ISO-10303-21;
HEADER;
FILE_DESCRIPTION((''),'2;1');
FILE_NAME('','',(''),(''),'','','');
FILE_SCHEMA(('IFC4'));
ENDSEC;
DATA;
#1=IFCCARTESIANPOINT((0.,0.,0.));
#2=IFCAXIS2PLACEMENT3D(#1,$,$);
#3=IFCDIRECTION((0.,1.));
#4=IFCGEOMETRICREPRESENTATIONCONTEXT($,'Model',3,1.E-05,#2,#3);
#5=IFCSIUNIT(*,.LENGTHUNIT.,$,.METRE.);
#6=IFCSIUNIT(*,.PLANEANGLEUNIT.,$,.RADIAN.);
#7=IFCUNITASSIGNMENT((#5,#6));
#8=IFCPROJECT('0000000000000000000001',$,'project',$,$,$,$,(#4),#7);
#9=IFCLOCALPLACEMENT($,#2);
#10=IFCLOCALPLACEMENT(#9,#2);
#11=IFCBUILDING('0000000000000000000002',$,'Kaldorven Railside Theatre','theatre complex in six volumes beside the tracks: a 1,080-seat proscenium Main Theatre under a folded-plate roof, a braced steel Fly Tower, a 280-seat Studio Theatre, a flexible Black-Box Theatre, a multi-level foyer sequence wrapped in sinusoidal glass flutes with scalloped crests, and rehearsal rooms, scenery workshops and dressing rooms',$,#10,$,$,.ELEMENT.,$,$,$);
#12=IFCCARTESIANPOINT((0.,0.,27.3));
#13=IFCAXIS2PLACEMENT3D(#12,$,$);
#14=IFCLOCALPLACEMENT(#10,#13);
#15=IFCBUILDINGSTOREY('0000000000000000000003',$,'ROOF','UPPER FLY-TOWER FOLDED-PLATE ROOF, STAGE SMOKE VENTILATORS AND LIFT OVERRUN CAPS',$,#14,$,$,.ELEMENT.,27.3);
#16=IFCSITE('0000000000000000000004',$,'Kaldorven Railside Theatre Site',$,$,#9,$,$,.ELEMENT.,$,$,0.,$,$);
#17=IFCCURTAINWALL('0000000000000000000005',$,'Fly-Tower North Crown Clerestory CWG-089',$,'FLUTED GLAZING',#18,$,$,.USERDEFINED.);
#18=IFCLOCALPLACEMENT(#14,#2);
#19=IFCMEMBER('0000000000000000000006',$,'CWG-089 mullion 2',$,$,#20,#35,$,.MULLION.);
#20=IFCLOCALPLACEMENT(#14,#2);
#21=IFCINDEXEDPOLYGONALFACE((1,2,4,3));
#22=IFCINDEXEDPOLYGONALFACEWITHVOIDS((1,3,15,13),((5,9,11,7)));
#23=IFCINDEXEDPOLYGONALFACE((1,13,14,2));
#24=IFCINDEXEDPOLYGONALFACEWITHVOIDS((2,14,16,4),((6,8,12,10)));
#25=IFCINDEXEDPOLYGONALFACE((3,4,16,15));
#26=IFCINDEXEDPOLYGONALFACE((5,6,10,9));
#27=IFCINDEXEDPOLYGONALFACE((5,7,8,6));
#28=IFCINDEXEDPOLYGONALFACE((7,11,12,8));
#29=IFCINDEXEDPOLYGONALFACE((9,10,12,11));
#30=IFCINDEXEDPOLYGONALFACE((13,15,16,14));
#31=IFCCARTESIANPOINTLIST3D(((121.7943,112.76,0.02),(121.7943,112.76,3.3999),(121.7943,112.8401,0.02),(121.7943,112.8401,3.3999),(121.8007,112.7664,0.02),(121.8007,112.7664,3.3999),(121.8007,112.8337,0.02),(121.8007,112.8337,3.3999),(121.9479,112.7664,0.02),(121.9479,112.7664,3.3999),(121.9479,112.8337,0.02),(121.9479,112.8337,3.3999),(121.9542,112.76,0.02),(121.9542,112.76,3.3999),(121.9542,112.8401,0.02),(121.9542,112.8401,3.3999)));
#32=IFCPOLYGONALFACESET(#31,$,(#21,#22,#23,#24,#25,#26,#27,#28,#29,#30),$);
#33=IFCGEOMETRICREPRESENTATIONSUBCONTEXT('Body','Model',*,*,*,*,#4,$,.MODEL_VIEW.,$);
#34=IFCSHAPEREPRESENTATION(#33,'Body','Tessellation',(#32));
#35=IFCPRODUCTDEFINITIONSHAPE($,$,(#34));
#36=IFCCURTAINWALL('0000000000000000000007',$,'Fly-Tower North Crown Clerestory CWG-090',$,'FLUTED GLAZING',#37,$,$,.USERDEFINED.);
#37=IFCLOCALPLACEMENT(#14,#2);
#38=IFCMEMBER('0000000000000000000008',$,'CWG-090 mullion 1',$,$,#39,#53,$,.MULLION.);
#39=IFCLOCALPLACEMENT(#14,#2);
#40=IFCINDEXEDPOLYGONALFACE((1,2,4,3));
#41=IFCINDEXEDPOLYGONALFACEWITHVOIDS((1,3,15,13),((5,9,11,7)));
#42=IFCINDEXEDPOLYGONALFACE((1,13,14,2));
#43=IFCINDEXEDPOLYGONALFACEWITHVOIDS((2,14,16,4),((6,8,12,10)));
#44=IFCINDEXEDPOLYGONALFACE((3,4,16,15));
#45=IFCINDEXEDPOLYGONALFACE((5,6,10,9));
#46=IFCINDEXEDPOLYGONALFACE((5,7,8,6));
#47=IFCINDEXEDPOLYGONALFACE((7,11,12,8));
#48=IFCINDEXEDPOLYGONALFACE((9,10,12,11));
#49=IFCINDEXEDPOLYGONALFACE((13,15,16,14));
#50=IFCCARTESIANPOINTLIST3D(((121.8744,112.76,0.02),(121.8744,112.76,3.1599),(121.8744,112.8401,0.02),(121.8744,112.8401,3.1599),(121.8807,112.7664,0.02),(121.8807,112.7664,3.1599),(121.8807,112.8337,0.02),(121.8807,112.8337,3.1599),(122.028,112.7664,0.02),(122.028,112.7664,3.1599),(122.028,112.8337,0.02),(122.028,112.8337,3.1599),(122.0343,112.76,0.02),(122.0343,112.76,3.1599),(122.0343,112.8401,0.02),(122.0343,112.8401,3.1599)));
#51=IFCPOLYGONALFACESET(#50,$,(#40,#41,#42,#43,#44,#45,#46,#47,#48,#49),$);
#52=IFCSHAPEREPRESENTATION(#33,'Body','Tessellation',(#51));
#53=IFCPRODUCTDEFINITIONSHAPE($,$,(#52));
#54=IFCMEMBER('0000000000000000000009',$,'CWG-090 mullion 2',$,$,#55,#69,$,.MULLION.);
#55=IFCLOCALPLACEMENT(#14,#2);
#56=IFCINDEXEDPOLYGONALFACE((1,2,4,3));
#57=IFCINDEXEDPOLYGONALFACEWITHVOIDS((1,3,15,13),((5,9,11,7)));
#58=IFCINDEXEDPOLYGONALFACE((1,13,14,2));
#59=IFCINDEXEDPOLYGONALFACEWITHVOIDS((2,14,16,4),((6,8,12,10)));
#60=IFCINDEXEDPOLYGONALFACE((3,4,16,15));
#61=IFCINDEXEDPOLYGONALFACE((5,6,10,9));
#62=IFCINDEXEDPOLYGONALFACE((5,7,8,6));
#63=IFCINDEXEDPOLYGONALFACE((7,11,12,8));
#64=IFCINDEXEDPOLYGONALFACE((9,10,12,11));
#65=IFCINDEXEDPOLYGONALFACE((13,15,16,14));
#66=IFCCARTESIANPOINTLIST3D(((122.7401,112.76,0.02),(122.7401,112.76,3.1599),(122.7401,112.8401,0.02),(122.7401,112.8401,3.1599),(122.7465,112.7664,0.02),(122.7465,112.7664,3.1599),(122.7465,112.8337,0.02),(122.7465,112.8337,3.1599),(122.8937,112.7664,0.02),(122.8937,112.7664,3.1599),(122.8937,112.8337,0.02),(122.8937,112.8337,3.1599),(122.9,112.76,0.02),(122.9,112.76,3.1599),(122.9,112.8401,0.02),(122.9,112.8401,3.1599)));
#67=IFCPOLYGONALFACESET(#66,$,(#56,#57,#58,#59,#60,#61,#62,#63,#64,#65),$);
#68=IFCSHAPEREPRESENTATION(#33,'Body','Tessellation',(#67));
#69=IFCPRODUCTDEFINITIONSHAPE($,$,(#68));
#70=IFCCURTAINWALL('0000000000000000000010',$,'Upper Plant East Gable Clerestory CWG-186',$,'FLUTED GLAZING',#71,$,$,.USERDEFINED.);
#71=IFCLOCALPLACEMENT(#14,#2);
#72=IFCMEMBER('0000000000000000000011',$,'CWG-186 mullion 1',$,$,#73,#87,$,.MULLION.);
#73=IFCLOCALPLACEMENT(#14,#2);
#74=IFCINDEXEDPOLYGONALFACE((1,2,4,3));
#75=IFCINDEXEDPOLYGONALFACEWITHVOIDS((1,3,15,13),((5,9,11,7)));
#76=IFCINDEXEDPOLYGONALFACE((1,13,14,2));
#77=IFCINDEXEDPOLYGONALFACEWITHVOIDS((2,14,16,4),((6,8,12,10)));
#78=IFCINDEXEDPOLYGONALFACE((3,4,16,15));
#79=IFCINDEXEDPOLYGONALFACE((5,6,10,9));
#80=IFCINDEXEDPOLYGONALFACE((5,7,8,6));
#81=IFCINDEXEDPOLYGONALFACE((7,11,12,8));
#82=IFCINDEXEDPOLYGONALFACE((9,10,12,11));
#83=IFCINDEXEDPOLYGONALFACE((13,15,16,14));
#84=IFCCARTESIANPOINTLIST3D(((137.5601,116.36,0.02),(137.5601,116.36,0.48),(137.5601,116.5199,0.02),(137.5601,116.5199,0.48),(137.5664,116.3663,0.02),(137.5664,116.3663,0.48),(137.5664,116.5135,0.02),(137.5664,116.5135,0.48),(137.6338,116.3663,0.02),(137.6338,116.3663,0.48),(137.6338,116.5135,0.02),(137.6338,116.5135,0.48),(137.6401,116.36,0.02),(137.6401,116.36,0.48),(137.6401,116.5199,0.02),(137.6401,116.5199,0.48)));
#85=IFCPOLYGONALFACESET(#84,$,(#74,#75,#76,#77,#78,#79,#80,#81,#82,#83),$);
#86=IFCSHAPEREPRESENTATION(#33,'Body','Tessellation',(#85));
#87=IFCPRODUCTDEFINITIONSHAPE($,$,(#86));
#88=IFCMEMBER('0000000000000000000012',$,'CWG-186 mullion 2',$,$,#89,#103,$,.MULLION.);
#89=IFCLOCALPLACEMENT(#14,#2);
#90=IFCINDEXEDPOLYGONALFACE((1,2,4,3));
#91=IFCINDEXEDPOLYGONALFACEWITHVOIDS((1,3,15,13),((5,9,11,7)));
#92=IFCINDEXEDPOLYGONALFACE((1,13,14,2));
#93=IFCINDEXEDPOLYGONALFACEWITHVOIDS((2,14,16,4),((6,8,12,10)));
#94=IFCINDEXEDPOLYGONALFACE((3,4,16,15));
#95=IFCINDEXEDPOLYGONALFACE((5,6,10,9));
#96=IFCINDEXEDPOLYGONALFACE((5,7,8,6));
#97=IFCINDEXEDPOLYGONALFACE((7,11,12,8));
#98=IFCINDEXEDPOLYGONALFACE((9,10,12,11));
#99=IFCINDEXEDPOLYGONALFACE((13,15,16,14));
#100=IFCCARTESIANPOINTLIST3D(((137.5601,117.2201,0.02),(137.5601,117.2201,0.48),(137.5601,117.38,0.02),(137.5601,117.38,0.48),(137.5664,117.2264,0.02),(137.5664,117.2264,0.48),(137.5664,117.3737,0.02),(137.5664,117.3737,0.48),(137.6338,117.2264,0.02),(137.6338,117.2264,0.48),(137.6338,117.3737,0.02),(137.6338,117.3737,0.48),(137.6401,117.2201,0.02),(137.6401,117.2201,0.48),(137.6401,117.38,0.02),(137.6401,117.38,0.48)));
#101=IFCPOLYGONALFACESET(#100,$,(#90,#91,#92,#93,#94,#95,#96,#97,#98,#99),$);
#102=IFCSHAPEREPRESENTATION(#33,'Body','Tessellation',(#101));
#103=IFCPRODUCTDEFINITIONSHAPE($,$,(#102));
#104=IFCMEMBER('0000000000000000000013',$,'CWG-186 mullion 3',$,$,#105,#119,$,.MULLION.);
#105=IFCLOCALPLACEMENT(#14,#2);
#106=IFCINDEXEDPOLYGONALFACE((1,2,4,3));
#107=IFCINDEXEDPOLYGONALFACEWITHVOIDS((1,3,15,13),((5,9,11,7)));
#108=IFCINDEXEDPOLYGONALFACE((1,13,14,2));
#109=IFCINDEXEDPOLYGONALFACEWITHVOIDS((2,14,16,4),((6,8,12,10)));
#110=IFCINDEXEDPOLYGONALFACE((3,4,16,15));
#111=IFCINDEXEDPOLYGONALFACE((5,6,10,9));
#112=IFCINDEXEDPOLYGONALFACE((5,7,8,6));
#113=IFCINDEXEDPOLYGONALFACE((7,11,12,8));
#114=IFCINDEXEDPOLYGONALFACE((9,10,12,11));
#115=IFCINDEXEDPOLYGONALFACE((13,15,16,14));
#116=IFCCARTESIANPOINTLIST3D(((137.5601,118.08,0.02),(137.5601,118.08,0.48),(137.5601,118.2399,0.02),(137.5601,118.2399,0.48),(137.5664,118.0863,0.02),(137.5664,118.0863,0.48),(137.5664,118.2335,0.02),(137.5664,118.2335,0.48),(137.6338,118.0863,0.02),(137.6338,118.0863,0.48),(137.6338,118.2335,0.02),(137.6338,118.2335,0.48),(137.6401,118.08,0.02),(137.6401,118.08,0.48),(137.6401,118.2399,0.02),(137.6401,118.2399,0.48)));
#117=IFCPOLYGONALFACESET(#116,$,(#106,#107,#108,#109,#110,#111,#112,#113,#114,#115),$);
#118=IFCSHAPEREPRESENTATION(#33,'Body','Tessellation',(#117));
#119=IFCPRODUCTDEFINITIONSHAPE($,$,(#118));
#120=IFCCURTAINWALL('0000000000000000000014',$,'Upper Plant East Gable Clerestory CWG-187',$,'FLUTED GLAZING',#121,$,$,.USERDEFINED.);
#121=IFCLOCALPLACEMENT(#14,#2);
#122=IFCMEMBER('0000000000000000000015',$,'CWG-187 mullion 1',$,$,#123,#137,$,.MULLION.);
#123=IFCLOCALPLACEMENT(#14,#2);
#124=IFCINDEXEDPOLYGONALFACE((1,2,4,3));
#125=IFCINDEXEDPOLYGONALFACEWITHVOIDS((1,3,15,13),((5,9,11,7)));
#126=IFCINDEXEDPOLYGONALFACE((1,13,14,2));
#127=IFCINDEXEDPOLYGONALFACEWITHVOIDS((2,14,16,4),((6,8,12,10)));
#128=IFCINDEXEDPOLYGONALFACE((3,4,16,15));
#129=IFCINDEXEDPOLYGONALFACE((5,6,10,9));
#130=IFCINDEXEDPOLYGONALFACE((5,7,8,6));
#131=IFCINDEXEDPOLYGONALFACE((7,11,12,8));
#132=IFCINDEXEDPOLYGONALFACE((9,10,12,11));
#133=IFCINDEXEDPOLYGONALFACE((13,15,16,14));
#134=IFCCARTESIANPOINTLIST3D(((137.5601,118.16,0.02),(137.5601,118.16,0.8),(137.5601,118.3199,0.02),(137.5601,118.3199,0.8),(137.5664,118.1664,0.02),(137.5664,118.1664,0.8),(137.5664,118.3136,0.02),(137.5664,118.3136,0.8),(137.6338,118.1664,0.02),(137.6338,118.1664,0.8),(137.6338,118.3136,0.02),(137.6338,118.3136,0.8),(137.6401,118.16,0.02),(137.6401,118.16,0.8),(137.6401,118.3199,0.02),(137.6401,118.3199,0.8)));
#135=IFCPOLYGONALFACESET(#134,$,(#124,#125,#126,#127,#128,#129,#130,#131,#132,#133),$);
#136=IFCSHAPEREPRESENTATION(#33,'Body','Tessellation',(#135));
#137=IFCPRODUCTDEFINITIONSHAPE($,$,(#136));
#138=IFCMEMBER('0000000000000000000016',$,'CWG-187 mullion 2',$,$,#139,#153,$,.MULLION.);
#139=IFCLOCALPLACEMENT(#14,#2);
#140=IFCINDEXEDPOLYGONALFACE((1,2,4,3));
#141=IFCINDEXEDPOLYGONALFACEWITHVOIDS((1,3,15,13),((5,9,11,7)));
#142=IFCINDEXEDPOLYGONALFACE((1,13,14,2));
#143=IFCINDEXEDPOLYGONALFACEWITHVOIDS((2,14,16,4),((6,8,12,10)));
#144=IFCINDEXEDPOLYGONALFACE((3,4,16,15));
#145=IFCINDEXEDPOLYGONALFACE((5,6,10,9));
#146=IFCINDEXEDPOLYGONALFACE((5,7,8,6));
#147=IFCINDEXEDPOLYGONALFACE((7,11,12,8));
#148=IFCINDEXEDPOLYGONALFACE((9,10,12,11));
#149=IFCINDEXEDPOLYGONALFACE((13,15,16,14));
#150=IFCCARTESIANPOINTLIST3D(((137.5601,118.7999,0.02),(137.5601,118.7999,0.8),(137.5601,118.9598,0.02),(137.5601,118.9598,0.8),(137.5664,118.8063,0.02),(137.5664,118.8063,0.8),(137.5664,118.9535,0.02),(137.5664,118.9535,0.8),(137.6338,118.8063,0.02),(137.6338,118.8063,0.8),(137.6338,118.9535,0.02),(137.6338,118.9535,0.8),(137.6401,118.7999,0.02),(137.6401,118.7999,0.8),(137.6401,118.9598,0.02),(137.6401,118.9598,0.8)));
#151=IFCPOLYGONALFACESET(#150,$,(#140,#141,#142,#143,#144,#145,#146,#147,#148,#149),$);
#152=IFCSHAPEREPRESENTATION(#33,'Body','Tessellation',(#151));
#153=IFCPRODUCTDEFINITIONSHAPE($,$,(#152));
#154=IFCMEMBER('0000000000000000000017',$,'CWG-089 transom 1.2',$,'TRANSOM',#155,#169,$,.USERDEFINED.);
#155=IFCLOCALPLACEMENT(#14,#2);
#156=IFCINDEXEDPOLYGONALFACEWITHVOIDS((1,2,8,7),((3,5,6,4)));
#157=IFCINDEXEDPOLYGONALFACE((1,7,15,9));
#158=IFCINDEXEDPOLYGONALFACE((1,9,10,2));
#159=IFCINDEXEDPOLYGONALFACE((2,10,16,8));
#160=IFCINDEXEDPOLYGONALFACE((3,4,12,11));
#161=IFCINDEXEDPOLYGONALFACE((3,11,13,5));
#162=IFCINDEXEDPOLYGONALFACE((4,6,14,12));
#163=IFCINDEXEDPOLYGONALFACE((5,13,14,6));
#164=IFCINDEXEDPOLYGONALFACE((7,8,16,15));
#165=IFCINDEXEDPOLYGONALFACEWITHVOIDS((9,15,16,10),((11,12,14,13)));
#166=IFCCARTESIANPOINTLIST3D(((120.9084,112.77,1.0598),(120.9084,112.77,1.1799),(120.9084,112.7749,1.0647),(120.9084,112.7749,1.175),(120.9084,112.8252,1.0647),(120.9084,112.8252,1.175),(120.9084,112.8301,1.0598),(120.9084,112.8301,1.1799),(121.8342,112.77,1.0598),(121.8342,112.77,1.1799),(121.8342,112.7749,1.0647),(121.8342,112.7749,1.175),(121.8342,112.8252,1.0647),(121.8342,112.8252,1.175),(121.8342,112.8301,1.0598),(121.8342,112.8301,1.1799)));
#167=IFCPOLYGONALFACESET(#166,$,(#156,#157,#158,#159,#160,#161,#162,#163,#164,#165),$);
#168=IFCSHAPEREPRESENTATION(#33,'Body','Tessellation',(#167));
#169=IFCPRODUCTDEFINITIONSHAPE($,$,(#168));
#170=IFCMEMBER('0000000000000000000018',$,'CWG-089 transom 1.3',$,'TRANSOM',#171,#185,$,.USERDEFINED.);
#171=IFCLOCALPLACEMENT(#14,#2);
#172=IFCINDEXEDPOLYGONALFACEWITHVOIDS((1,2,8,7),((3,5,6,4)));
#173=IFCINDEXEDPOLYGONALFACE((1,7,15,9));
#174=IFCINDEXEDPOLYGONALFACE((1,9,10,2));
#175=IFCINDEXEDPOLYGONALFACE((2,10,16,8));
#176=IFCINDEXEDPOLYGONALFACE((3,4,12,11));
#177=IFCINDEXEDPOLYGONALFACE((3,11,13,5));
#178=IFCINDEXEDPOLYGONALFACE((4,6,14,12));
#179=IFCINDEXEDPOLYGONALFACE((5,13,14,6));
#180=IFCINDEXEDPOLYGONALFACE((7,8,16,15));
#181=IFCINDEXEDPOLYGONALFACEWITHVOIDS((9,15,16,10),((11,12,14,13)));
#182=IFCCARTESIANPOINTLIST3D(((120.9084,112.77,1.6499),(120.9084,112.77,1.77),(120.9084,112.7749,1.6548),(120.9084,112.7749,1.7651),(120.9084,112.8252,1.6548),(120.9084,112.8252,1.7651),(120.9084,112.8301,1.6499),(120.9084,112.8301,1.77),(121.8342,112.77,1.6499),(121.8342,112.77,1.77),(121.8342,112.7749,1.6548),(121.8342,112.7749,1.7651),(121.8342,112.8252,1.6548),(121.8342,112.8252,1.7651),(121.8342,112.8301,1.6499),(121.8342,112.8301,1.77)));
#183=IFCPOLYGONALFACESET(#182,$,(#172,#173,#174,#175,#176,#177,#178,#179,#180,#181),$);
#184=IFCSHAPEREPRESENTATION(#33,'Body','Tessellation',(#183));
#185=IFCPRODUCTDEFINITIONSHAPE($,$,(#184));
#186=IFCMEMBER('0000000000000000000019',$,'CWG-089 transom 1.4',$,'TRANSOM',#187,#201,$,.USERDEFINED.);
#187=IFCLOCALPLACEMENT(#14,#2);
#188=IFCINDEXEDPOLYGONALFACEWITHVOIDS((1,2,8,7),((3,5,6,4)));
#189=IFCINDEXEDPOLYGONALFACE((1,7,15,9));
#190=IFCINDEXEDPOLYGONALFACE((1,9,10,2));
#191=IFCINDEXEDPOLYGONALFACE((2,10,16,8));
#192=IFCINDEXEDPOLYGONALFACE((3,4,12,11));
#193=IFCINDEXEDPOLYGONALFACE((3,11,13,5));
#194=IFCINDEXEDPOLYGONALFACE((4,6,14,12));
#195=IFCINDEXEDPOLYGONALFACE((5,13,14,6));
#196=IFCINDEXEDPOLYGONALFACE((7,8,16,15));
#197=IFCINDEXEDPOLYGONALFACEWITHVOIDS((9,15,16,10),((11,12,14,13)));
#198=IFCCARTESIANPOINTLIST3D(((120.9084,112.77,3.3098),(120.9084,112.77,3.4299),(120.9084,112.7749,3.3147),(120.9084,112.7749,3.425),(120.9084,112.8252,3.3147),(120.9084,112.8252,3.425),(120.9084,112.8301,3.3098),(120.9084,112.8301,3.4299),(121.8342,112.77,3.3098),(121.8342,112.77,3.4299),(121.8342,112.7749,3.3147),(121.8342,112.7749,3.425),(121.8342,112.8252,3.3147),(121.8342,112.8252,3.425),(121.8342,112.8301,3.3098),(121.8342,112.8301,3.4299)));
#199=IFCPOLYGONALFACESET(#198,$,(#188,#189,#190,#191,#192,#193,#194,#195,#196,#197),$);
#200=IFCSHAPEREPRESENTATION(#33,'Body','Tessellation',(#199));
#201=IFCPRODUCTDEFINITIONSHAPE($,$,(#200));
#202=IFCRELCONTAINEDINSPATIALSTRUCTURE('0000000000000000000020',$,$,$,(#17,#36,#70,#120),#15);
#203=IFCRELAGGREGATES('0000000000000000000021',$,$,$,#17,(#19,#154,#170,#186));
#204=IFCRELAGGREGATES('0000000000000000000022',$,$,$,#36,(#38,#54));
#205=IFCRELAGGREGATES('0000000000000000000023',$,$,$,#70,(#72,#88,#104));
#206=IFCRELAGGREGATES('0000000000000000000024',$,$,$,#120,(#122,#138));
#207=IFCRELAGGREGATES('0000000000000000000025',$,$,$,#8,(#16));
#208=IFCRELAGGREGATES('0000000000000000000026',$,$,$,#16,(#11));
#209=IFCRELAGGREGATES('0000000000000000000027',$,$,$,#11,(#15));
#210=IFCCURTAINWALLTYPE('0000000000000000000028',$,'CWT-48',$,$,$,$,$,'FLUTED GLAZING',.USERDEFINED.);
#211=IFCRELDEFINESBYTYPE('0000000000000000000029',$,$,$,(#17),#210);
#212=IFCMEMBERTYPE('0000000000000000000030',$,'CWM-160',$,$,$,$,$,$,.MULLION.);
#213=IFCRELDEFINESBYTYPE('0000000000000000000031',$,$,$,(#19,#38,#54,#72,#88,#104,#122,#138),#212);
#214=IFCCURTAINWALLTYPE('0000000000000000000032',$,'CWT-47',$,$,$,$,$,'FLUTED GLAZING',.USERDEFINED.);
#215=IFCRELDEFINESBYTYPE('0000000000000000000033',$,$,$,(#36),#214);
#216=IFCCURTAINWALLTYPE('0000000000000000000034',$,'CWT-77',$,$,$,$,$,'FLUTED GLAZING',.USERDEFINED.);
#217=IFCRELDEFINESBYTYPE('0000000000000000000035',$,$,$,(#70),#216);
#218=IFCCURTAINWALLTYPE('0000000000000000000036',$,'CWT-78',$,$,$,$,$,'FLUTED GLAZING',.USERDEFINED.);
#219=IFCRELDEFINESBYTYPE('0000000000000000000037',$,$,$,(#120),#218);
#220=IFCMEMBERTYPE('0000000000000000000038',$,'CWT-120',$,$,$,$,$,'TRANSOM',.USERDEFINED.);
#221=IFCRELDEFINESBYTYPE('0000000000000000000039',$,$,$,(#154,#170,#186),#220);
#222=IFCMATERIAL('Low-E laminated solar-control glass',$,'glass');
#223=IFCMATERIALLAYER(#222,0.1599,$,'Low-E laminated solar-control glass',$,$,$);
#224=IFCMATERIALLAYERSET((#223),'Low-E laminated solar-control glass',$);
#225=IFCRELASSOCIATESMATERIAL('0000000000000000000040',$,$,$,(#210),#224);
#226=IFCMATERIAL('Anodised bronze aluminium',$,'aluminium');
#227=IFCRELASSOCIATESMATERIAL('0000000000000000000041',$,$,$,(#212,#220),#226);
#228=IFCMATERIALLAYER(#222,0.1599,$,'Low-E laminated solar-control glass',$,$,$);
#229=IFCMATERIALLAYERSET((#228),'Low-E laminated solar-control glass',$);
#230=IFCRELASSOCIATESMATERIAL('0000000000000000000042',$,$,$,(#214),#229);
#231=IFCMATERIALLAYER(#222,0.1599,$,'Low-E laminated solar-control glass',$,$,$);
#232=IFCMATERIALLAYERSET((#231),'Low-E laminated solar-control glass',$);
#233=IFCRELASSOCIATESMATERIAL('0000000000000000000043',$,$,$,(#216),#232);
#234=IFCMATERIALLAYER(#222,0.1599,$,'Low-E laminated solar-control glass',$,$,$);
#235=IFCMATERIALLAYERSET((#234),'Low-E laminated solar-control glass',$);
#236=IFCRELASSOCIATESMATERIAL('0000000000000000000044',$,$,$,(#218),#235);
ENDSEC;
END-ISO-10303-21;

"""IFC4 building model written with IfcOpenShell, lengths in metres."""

from ifc_helpers import new_model, si_unit, direction, frame, origin, origin_2d, place, context, subcontext, project, spatial, hollow_rectangle, extrude, material, layer, layer_set, material_profile, profile_set, type_object, element, aggregate, save


model = new_model("IFC4")

# Units and contexts
model_context = context("Model", 3, precision=1e-05, world=origin(), true_north=direction((0.0, 1.0)))
body_context = subcontext(model_context, "Body", "Model", "MODEL_VIEW")
ifc_project = project(units=[si_unit("LENGTHUNIT", "METRE"), si_unit("PLANEANGLEUNIT", "RADIAN")], contexts=[model_context])

# Site, building, storey
site_placement = place(None, origin())
site = spatial("IfcSite", under=ifc_project, at=site_placement, Name="Kaldorven Railside Theatre Site", CompositionType="ELEMENT", RefElevation=0.0)
building_placement = place(site_placement, origin())
building = spatial("IfcBuilding", under=site, at=building_placement, Name="Kaldorven Railside Theatre", Description="theatre complex in six volumes beside the tracks: a 1,080-seat proscenium Main Theatre under a folded-plate roof, a braced steel Fly Tower, a 280-seat Studio Theatre, a flexible Black-Box Theatre, a multi-level foyer sequence wrapped in sinusoidal glass flutes with scalloped crests, and rehearsal rooms, scenery workshops and dressing rooms", CompositionType="ELEMENT")
storey_placement = place(building_placement, frame((0.0, 0.0, 27.3)))
storey = spatial("IfcBuildingStorey", under=building, at=storey_placement, Name="ROOF", Description="UPPER FLY-TOWER FOLDED-PLATE ROOF, STAGE SMOKE VENTILATORS AND LIFT OVERRUN CAPS", CompositionType="ELEMENT", Elevation=27.3)

# Curtain wall, member
ifc_material_1 = material(Name="Low-E laminated solar-control glass", Category="glass")
ifc_layer_1 = layer(ifc_material_1, 0.1599, Name="Low-E laminated solar-control glass")
ifc_layer_set_1 = layer_set([ifc_layer_1], Name="Low-E laminated solar-control glass")
curtain_wall_type_1 = type_object("IfcCurtainWallType", Name="CWT-48", ElementType="FLUTED GLAZING", PredefinedType="USERDEFINED", material=ifc_layer_set_1)
curtain_wall_1_placement = place(storey_placement, origin())
curtain_wall_1 = element("IfcCurtainWall", 1, at=curtain_wall_1_placement, inside=storey, type_object=curtain_wall_type_1, Name="Fly-Tower North Crown Clerestory CWG-089", ObjectType="FLUTED GLAZING", PredefinedType="USERDEFINED")
ifc_material_2 = material(Name="Anodised bronze aluminium", Category="aluminium")
ifc_material_profile_1 = material_profile(ifc_material_2, hollow_rectangle(XDim=0.0801, YDim=0.1599, WallThickness=0.0063, at=origin_2d()), Name="RHS 160x80x6.3")
ifc_profile_set_1 = profile_set([ifc_material_profile_1], Name="Anodised bronze aluminium")
member_type_1 = type_object("IfcMemberType", Name="CWM-160", PredefinedType="MULLION", material=ifc_profile_set_1)
member_1_placement = place(storey_placement, frame((121.8743, 112.8, 0.02), z_axis=(0.0, 0.0, 1.0), x_axis=(0.0, 1.0, 0.0)))
member_1 = element("IfcMember", 2, at=member_1_placement, type_object=member_type_1, Name="CWG-089 mullion 2", PredefinedType="MULLION", context=body_context, shape_type="SweptSolid", body=[
    extrude(hollow_rectangle(XDim=0.0801, YDim=0.1599, WallThickness=0.0063, at=origin_2d()), origin(), (0.0, 0.0, 1.0), 3.3799),
])

# Curtain walls, members
ifc_layer_2 = layer(ifc_material_1, 0.1599, Name="Low-E laminated solar-control glass")
ifc_layer_set_2 = layer_set([ifc_layer_2], Name="Low-E laminated solar-control glass")
curtain_wall_type_2 = type_object("IfcCurtainWallType", Name="CWT-47", ElementType="FLUTED GLAZING", PredefinedType="USERDEFINED", material=ifc_layer_set_2)
curtain_wall_2_placement = place(storey_placement, origin())
curtain_wall_2 = element("IfcCurtainWall", 3, at=curtain_wall_2_placement, inside=storey, type_object=curtain_wall_type_2, Name="Fly-Tower North Crown Clerestory CWG-090", ObjectType="FLUTED GLAZING", PredefinedType="USERDEFINED")
member_2_placement = place(storey_placement, frame((121.9543, 112.8, 0.02), z_axis=(0.0, 0.0, 1.0), x_axis=(0.0, 1.0, 0.0)))
member_2 = element("IfcMember", 4, at=member_2_placement, type_object=member_type_1, Name="CWG-090 mullion 1", PredefinedType="MULLION", context=body_context, shape_type="SweptSolid", body=[
    extrude(hollow_rectangle(XDim=0.0801, YDim=0.1599, WallThickness=0.0063, at=origin_2d()), origin(), (0.0, 0.0, 1.0), 3.1399),
])
member_3_placement = place(storey_placement, frame((122.8201, 112.8, 0.02), z_axis=(0.0, 0.0, 1.0), x_axis=(0.0, 1.0, 0.0)))
member_3 = element("IfcMember", 5, at=member_3_placement, type_object=member_type_1, Name="CWG-090 mullion 2", PredefinedType="MULLION", context=body_context, shape_type="SweptSolid", body=[
    extrude(hollow_rectangle(XDim=0.0801, YDim=0.1599, WallThickness=0.0063, at=origin_2d()), origin(), (0.0, 0.0, 1.0), 3.1399),
])
ifc_layer_3 = layer(ifc_material_1, 0.1599, Name="Low-E laminated solar-control glass")
ifc_layer_set_3 = layer_set([ifc_layer_3], Name="Low-E laminated solar-control glass")
curtain_wall_type_3 = type_object("IfcCurtainWallType", Name="CWT-77", ElementType="FLUTED GLAZING", PredefinedType="USERDEFINED", material=ifc_layer_set_3)
curtain_wall_3_placement = place(storey_placement, origin())
curtain_wall_3 = element("IfcCurtainWall", 6, at=curtain_wall_3_placement, inside=storey, type_object=curtain_wall_type_3, Name="Upper Plant East Gable Clerestory CWG-186", ObjectType="FLUTED GLAZING", PredefinedType="USERDEFINED")
member_4_placement = place(storey_placement, frame((137.6001, 116.4399, 0.02), z_axis=(0.0, 0.0, 1.0), x_axis=(-1.0, 0.0, 0.0)))
member_4 = element("IfcMember", 7, at=member_4_placement, type_object=member_type_1, Name="CWG-186 mullion 1", PredefinedType="MULLION", context=body_context, shape_type="SweptSolid", body=[
    extrude(hollow_rectangle(XDim=0.0801, YDim=0.1599, WallThickness=0.0063, at=origin_2d()), origin(), (0.0, 0.0, 1.0), 0.46),
])
member_5_placement = place(storey_placement, frame((137.6001, 117.3, 0.02), z_axis=(0.0, 0.0, 1.0), x_axis=(-1.0, 0.0, 0.0)))
member_5 = element("IfcMember", 8, at=member_5_placement, type_object=member_type_1, Name="CWG-186 mullion 2", PredefinedType="MULLION", context=body_context, shape_type="SweptSolid", body=[
    extrude(hollow_rectangle(XDim=0.0801, YDim=0.1599, WallThickness=0.0063, at=origin_2d()), origin(), (0.0, 0.0, 1.0), 0.46),
])
member_6_placement = place(storey_placement, frame((137.6001, 118.1599, 0.02), z_axis=(0.0, 0.0, 1.0), x_axis=(-1.0, 0.0, 0.0)))
member_6 = element("IfcMember", 9, at=member_6_placement, type_object=member_type_1, Name="CWG-186 mullion 3", PredefinedType="MULLION", context=body_context, shape_type="SweptSolid", body=[
    extrude(hollow_rectangle(XDim=0.0801, YDim=0.1599, WallThickness=0.0063, at=origin_2d()), origin(), (0.0, 0.0, 1.0), 0.46),
])
ifc_layer_4 = layer(ifc_material_1, 0.1599, Name="Low-E laminated solar-control glass")
ifc_layer_set_4 = layer_set([ifc_layer_4], Name="Low-E laminated solar-control glass")
curtain_wall_type_4 = type_object("IfcCurtainWallType", Name="CWT-78", ElementType="FLUTED GLAZING", PredefinedType="USERDEFINED", material=ifc_layer_set_4)
curtain_wall_4_placement = place(storey_placement, origin())
curtain_wall_4 = element("IfcCurtainWall", 10, at=curtain_wall_4_placement, inside=storey, type_object=curtain_wall_type_4, Name="Upper Plant East Gable Clerestory CWG-187", ObjectType="FLUTED GLAZING", PredefinedType="USERDEFINED")
member_7_placement = place(storey_placement, frame((137.6001, 118.24, 0.02), z_axis=(0.0, 0.0, 1.0), x_axis=(-1.0, 0.0, 0.0)))
member_7 = element("IfcMember", 11, at=member_7_placement, type_object=member_type_1, Name="CWG-187 mullion 1", PredefinedType="MULLION", context=body_context, shape_type="SweptSolid", body=[
    extrude(hollow_rectangle(XDim=0.0801, YDim=0.1599, WallThickness=0.0063, at=origin_2d()), origin(), (0.0, 0.0, 1.0), 0.78),
])
member_8_placement = place(storey_placement, frame((137.6001, 118.8799, 0.02), z_axis=(0.0, 0.0, 1.0), x_axis=(-1.0, 0.0, 0.0)))
member_8 = element("IfcMember", 12, at=member_8_placement, type_object=member_type_1, Name="CWG-187 mullion 2", PredefinedType="MULLION", context=body_context, shape_type="SweptSolid", body=[
    extrude(hollow_rectangle(XDim=0.0801, YDim=0.1599, WallThickness=0.0063, at=origin_2d()), origin(), (0.0, 0.0, 1.0), 0.78),
])

# Members
ifc_material_profile_2 = material_profile(ifc_material_2, hollow_rectangle(XDim=0.0601, YDim=0.1201, WallThickness=0.0049, at=origin_2d()), Name="RHS 120x60x5")
ifc_profile_set_2 = profile_set([ifc_material_profile_2], Name="Anodised bronze aluminium")
member_type_2 = type_object("IfcMemberType", Name="CWT-120", ElementType="TRANSOM", PredefinedType="USERDEFINED", material=ifc_profile_set_2)
member_9_placement = place(storey_placement, frame((120.9084, 112.8, 1.1199), z_axis=(1.0, 0.0, 0.0), x_axis=(0.0, 1.0, 0.0)))
member_9 = element("IfcMember", 13, at=member_9_placement, type_object=member_type_2, Name="CWG-089 transom 1.2", ObjectType="TRANSOM", PredefinedType="USERDEFINED", context=body_context, shape_type="SweptSolid", body=[
    extrude(hollow_rectangle(XDim=0.0601, YDim=0.1201, WallThickness=0.0049, at=origin_2d()), origin(), (0.0, 0.0, 1.0), 0.9258),
])
member_10_placement = place(storey_placement, frame((120.9084, 112.8, 1.71), z_axis=(1.0, 0.0, 0.0), x_axis=(0.0, 1.0, 0.0)))
member_10 = element("IfcMember", 14, at=member_10_placement, type_object=member_type_2, Name="CWG-089 transom 1.3", ObjectType="TRANSOM", PredefinedType="USERDEFINED", context=body_context, shape_type="SweptSolid", body=[
    extrude(hollow_rectangle(XDim=0.0601, YDim=0.1201, WallThickness=0.0049, at=origin_2d()), origin(), (0.0, 0.0, 1.0), 0.9258),
])
member_11_placement = place(storey_placement, frame((120.9084, 112.8, 3.3699), z_axis=(1.0, 0.0, 0.0), x_axis=(0.0, 1.0, 0.0)))
member_11 = element("IfcMember", 15, at=member_11_placement, type_object=member_type_2, Name="CWG-089 transom 1.4", ObjectType="TRANSOM", PredefinedType="USERDEFINED", context=body_context, shape_type="SweptSolid", body=[
    extrude(hollow_rectangle(XDim=0.0601, YDim=0.1201, WallThickness=0.0049, at=origin_2d()), origin(), (0.0, 0.0, 1.0), 0.9258),
])

aggregate(curtain_wall_1, [member_1, member_9, member_10, member_11])
aggregate(curtain_wall_2, [member_2, member_3])
aggregate(curtain_wall_3, [member_4, member_5, member_6])
aggregate(curtain_wall_4, [member_7, member_8])

save(model, "model.ifc")
